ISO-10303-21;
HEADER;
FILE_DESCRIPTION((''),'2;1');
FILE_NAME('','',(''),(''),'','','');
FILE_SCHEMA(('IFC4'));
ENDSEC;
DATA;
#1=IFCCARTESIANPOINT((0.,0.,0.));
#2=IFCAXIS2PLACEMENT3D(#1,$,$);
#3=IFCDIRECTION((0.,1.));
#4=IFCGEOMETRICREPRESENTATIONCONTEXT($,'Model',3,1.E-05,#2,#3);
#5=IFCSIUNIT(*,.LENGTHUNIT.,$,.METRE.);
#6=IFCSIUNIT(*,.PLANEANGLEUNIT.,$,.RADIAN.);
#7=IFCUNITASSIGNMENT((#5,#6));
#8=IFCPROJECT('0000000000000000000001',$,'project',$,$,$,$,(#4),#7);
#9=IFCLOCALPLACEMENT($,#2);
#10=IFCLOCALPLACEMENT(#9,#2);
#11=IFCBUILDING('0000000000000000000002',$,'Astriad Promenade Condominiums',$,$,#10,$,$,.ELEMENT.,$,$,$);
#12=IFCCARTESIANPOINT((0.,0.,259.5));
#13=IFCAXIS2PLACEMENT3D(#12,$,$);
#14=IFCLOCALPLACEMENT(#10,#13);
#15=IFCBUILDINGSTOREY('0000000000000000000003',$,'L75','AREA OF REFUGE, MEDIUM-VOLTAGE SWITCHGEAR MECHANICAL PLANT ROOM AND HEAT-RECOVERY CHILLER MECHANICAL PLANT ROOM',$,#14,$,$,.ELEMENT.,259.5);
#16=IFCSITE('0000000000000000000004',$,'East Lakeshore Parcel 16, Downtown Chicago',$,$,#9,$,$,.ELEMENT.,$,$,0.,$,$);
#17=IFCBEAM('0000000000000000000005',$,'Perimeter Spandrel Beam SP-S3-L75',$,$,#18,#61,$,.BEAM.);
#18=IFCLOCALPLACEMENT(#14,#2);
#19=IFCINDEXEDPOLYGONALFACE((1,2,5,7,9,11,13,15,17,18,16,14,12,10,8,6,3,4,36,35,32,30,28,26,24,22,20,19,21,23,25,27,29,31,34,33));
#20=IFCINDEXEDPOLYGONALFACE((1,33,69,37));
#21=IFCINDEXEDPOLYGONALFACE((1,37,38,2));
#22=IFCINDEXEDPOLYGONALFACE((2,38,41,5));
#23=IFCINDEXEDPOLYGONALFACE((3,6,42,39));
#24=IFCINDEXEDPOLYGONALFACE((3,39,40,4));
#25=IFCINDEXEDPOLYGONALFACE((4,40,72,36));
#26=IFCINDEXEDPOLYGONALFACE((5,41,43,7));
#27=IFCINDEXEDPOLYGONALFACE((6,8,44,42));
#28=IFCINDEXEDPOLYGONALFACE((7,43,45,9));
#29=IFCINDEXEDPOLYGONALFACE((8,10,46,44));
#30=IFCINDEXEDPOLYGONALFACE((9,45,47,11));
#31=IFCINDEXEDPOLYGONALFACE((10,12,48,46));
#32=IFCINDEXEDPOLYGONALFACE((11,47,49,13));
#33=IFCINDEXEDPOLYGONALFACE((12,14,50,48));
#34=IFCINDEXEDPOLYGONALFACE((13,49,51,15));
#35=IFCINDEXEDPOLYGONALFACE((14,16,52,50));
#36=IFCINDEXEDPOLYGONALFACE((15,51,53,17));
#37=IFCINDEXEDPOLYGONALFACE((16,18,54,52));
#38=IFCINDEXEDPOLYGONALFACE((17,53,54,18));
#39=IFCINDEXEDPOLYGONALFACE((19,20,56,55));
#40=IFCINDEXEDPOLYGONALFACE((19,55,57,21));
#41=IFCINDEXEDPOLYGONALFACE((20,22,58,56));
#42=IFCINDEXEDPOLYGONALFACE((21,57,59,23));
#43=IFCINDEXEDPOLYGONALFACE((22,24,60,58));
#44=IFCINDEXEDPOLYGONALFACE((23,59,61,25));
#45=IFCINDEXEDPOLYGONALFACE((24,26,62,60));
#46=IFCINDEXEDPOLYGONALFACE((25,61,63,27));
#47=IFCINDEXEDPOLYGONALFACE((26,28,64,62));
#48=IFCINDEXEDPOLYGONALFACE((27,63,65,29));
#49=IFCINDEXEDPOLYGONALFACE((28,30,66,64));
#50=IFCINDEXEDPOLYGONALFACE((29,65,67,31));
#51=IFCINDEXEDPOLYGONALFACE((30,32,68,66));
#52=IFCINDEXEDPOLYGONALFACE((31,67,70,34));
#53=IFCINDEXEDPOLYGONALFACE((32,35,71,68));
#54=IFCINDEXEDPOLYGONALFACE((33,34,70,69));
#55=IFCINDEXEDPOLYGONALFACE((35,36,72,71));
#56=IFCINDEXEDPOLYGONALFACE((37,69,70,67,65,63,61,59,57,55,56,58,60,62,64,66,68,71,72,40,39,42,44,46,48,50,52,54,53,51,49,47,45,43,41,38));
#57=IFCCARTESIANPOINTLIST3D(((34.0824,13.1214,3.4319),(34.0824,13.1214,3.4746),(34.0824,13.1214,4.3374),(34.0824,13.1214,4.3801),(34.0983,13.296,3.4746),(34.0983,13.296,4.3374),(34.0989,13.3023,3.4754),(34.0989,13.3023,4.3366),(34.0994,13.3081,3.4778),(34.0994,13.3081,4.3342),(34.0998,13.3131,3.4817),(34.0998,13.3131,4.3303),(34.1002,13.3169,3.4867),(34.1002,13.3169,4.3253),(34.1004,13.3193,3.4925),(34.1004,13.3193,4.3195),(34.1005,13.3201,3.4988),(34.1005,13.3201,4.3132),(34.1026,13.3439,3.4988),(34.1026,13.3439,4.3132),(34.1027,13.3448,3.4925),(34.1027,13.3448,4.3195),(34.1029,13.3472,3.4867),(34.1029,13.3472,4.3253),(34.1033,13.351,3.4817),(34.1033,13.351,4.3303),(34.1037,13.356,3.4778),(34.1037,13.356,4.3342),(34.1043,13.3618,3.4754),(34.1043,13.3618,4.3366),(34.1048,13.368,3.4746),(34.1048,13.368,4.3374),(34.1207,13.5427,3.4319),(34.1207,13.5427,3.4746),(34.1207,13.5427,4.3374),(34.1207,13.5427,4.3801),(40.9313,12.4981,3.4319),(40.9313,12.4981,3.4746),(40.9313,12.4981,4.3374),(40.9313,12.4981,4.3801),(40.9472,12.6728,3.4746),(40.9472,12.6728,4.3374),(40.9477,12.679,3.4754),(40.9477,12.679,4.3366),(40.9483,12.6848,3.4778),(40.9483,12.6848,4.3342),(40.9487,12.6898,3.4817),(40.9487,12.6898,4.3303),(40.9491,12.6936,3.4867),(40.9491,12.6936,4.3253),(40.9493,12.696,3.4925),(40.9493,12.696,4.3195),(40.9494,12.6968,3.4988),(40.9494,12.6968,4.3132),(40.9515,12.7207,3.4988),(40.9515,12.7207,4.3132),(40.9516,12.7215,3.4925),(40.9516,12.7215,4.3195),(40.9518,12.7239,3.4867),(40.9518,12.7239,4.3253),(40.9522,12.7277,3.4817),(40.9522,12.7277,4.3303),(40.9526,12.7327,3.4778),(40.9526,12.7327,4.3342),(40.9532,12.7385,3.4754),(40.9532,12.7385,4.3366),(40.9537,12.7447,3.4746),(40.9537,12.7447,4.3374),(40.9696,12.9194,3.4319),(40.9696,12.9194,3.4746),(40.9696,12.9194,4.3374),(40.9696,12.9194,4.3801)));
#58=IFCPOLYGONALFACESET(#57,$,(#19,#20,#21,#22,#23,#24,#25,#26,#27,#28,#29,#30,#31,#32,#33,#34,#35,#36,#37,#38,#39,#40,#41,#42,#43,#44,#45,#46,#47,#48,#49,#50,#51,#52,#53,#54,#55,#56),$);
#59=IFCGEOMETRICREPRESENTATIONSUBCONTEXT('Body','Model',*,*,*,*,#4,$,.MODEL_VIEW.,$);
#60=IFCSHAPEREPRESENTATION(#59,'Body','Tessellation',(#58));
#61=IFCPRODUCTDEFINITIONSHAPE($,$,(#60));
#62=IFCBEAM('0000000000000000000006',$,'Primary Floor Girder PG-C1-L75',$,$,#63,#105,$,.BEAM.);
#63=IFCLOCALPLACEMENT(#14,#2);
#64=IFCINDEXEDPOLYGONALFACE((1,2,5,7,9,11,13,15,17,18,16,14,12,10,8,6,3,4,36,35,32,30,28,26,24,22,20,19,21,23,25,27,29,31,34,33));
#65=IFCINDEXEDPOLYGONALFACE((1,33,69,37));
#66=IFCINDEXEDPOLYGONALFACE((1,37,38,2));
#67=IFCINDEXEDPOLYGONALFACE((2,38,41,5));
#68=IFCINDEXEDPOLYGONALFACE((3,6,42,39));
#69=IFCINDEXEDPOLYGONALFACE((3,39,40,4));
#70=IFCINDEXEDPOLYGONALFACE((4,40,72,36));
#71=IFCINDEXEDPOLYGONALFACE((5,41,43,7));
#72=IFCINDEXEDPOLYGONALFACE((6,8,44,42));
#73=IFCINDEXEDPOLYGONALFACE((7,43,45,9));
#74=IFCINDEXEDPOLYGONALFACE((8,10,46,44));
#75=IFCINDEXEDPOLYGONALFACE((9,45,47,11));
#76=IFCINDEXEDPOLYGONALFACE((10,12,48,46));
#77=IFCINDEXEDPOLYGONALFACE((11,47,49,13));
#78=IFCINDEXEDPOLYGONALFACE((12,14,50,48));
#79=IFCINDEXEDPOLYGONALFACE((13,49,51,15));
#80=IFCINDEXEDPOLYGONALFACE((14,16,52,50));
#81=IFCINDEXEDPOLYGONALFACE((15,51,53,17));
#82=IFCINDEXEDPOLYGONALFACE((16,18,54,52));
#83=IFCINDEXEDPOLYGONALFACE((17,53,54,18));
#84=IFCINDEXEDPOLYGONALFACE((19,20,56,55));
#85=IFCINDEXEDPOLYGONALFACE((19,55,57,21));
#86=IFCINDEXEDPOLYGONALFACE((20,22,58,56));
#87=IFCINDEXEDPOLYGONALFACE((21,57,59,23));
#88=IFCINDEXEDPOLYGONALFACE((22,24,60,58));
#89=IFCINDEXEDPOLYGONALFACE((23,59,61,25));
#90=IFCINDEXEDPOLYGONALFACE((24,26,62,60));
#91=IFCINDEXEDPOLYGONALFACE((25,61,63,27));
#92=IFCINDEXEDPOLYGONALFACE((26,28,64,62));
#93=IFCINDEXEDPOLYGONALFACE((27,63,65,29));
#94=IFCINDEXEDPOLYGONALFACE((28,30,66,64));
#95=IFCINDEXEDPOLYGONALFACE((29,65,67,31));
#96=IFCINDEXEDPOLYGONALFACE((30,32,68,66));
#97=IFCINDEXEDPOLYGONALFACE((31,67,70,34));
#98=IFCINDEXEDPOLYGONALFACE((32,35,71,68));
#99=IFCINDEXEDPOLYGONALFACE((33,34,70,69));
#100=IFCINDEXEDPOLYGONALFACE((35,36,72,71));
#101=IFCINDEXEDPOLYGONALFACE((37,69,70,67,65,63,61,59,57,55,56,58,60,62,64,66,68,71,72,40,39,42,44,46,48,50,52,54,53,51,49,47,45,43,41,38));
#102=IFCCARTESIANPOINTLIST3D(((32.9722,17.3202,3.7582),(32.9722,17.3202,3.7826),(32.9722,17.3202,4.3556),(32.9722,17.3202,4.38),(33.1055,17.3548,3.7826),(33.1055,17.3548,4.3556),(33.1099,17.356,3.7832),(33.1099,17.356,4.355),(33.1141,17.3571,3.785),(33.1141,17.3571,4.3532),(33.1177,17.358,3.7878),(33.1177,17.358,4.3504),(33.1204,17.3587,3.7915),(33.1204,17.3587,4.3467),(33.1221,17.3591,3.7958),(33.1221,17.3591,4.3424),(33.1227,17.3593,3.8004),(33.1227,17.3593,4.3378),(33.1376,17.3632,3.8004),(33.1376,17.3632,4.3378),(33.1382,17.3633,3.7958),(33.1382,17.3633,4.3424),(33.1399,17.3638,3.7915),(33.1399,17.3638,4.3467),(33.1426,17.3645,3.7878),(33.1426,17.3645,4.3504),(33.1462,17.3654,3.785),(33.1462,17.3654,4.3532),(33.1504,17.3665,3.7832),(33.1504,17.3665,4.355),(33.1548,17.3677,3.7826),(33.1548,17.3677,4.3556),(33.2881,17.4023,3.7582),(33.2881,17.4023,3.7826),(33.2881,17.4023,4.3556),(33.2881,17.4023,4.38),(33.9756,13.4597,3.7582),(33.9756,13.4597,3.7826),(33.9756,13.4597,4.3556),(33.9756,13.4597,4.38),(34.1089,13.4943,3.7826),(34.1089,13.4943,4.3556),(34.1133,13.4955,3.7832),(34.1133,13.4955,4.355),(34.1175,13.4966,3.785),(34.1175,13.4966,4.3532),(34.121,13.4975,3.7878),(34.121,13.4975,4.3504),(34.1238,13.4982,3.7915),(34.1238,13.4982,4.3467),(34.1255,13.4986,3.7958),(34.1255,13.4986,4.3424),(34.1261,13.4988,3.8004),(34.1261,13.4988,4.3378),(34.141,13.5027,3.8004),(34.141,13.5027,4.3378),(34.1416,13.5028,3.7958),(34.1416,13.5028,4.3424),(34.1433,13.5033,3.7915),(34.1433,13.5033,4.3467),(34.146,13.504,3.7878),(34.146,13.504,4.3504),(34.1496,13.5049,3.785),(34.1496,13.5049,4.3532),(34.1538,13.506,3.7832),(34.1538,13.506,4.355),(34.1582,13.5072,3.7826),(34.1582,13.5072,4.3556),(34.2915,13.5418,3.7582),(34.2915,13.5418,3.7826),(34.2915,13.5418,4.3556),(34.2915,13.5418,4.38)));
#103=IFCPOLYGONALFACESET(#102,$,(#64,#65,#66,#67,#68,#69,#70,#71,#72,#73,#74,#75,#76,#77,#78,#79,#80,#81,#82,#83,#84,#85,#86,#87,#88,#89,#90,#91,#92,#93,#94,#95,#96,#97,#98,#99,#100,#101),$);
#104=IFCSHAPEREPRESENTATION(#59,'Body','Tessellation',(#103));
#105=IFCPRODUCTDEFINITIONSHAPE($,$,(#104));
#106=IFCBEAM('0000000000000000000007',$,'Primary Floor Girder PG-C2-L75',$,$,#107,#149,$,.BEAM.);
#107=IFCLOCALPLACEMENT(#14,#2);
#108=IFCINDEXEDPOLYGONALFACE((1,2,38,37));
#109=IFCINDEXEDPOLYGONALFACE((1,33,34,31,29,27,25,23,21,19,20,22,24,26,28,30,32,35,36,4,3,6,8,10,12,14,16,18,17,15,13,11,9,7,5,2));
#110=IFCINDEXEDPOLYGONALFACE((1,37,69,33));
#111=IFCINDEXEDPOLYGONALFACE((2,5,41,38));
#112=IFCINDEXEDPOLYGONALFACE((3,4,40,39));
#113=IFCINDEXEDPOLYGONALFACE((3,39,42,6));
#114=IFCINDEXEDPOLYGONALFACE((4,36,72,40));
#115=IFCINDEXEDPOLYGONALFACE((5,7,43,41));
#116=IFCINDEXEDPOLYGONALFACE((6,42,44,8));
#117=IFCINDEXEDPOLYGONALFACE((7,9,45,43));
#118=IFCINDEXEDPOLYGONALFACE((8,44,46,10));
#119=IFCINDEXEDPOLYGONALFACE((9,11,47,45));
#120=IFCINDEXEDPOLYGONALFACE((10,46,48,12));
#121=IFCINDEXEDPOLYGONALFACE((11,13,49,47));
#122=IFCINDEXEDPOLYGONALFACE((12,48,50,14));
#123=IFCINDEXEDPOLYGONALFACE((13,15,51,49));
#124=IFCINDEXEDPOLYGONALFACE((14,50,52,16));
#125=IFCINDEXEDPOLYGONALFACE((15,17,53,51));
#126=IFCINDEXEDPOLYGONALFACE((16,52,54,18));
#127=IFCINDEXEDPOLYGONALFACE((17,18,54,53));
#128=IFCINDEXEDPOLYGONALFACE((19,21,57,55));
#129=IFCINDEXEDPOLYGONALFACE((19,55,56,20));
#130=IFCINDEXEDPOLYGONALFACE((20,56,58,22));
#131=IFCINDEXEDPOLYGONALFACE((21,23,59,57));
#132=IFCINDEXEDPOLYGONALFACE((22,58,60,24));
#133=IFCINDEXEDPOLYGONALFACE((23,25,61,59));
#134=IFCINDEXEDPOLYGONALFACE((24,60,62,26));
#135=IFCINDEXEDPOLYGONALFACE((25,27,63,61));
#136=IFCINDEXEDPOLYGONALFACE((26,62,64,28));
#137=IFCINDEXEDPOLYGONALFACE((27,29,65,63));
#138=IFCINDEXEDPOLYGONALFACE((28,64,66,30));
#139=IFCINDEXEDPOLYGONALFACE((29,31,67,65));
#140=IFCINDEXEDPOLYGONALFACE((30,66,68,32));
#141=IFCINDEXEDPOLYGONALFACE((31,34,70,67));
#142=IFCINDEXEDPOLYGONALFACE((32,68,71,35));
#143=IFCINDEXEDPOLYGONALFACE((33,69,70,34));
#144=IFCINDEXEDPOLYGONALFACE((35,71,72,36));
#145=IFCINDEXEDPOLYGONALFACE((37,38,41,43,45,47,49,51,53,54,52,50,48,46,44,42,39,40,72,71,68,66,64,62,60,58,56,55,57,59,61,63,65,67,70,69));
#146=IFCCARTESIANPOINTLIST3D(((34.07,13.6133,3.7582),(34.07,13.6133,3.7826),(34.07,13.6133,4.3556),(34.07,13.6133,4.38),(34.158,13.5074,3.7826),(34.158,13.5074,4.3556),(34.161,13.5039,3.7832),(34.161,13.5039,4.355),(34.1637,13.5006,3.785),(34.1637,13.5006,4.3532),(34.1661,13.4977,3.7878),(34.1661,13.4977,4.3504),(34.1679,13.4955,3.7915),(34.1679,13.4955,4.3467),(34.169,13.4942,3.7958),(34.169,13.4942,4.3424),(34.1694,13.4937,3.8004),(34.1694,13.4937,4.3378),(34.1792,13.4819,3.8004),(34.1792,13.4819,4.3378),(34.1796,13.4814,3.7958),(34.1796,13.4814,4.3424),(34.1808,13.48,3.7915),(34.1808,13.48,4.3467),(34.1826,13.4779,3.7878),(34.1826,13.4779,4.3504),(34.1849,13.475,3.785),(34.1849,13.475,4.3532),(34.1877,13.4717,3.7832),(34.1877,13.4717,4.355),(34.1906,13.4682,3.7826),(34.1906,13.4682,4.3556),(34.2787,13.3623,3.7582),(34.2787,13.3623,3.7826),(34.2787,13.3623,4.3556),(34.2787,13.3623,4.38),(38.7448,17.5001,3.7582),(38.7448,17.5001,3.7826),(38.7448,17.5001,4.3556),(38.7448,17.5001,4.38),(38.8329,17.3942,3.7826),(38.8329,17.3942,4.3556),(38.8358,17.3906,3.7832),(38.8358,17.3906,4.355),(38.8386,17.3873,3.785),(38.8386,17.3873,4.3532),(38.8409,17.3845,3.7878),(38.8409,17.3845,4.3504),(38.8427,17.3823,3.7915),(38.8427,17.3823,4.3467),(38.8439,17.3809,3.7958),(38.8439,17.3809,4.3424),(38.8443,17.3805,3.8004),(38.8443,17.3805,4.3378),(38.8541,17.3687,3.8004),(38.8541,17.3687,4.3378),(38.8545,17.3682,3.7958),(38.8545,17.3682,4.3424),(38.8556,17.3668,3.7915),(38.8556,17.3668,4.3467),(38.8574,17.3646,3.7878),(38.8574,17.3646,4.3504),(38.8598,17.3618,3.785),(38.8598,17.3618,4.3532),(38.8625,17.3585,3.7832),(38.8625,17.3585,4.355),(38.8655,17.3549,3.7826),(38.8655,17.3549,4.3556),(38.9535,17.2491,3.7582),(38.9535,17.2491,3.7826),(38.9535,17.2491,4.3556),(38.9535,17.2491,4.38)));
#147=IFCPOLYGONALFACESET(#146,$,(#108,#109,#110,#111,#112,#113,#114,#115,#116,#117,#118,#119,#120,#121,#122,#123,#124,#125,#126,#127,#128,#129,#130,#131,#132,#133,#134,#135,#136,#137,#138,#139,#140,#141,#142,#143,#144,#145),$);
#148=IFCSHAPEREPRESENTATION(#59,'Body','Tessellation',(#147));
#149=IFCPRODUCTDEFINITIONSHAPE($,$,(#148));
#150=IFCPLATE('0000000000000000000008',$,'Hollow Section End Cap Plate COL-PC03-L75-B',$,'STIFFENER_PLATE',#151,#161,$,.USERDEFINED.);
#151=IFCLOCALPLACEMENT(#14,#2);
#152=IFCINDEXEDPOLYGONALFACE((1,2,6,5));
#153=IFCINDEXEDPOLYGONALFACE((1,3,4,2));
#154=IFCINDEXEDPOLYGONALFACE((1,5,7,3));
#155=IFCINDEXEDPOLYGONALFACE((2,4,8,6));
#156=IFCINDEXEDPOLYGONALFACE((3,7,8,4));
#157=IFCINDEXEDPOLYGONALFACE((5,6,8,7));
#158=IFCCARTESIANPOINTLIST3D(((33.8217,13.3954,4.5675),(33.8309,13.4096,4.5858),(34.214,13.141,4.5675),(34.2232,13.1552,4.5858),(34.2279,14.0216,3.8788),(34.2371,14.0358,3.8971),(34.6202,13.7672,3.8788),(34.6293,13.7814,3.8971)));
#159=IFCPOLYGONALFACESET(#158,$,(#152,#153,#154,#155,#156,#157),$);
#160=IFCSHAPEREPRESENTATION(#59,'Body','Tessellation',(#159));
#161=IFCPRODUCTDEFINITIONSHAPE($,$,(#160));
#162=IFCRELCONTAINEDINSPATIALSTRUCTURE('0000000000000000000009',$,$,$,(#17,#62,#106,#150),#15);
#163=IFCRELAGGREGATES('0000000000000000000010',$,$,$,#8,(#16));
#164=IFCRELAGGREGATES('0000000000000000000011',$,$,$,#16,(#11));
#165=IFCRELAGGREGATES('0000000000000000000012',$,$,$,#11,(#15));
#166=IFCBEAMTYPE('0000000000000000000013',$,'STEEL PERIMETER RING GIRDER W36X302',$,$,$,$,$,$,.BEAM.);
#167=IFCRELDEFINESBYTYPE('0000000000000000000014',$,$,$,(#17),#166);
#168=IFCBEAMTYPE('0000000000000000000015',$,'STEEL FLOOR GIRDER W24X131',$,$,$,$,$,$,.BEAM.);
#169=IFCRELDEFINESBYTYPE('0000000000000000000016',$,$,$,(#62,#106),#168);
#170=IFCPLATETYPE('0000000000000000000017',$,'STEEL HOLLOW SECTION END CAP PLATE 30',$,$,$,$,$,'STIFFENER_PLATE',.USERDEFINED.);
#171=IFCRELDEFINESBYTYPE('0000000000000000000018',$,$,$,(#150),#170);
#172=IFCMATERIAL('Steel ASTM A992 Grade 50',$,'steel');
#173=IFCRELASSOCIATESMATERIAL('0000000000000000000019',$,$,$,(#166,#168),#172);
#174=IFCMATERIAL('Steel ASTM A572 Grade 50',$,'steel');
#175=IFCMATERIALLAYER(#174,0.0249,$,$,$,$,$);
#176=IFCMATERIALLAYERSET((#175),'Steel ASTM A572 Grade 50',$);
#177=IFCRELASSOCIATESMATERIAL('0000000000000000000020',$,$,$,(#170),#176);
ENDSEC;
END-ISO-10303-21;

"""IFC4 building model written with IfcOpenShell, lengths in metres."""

from ifc_helpers import new_model, si_unit, direction, frame, origin, origin_2d, place, context, subcontext, project, spatial, rectangle, i_section, extrude, source, transform, mapped, material, layer, layer_set, material_profile, profile_set, type_object, type_shapes, element, save


model = new_model("IFC4")

# Units and contexts
model_context = context("Model", 3, precision=1e-05, world=origin(), true_north=direction((0.0, 1.0)))
body_context = subcontext(model_context, "Body", "Model", "MODEL_VIEW")
ifc_project = project(units=[si_unit("LENGTHUNIT", "METRE"), si_unit("PLANEANGLEUNIT", "RADIAN")], contexts=[model_context])

# Site, building, storey
site_placement = place(None, origin())
site = spatial("IfcSite", under=ifc_project, at=site_placement, Name="East Lakeshore Parcel 16, Downtown Chicago", CompositionType="ELEMENT", RefElevation=0.0)
building_placement = place(site_placement, origin())
building = spatial("IfcBuilding", under=site, at=building_placement, Name="Astriad Promenade Condominiums", CompositionType="ELEMENT")
storey_placement = place(building_placement, frame((0.0, 0.0, 259.5)))
storey = spatial("IfcBuildingStorey", under=building, at=storey_placement, Name="L75", Description="AREA OF REFUGE, MEDIUM-VOLTAGE SWITCHGEAR MECHANICAL PLANT ROOM AND HEAT-RECOVERY CHILLER MECHANICAL PLANT ROOM", CompositionType="ELEMENT", Elevation=259.5)

# Shared definitions
ifc_material_1 = material(Name="Steel ASTM A992 Grade 50", Category="steel")

# Beams
ifc_material_profile_1 = material_profile(ifc_material_1, i_section(OverallWidth=0.4231, OverallDepth=0.9482, WebThickness=0.0239, FlangeThickness=0.0427, FilletRadius=0.0242, at=origin_2d()), Name="W36X302")
ifc_profile_set_1 = profile_set([ifc_material_profile_1], Name="Steel ASTM A992 Grade 50")
beam_type_1 = type_object("IfcBeamType", Name="STEEL PERIMETER RING GIRDER W36X302", PredefinedType="BEAM", material=ifc_profile_set_1)
shared_shape_1 = source(origin(), body_context, "Body", "SweptSolid", [
    extrude(i_section(OverallWidth=0.4231, OverallDepth=0.9482, WebThickness=0.0239, FlangeThickness=0.0427, FilletRadius=0.0242, at=origin_2d()), origin(), (0.0, 0.0, 1.0), 6.8772),
])
type_shapes(beam_type_1, [shared_shape_1])
beam_1_placement = place(storey_placement, frame((34.1016, 13.332, 3.906), z_axis=(0.995884, -0.090632, 0.0), x_axis=(0.090632, 0.995884, 0.0)))
element("IfcBeam", 1, at=beam_1_placement, inside=storey, type_object=beam_type_1, Name="Perimeter Spandrel Beam SP-S3-L75", PredefinedType="BEAM", context=body_context, shape_type="MappedRepresentation", body=[
    mapped(shared_shape_1, transform((0.0, 0.0, 0.0), scale=1.0)),
])
ifc_material_profile_2 = material_profile(ifc_material_1, i_section(OverallWidth=0.3264, OverallDepth=0.6218, WebThickness=0.0154, FlangeThickness=0.0244, FilletRadius=0.0178, at=origin_2d()), Name="W24X131")
ifc_profile_set_2 = profile_set([ifc_material_profile_2], Name="Steel ASTM A992 Grade 50")
beam_type_2 = type_object("IfcBeamType", Name="STEEL FLOOR GIRDER W24X131", PredefinedType="BEAM", material=ifc_profile_set_2)
shared_shape_2 = source(origin(), body_context, "Body", "SweptSolid", [
    extrude(i_section(OverallWidth=0.3264, OverallDepth=0.6218, WebThickness=0.0154, FlangeThickness=0.0244, FilletRadius=0.0178, at=origin_2d()), origin(), (0.0, 0.0, 1.0), 3.9888),
])
beam_2_placement = place(storey_placement, frame((34.1335, 13.5007, 4.0691), z_axis=(-0.251555, 0.967843, 0.0), x_axis=(-0.967843, -0.251555, 0.0)))
element("IfcBeam", 2, at=beam_2_placement, inside=storey, type_object=beam_type_2, Name="Primary Floor Girder PG-C1-L75", PredefinedType="BEAM", context=body_context, shape_type="MappedRepresentation", body=[
    mapped(shared_shape_2, transform((0.0, 0.0, 0.0), scale=1.0)),
])
shared_shape_3 = source(origin(), body_context, "Body", "SweptSolid", [
    extrude(i_section(OverallWidth=0.3264, OverallDepth=0.6218, WebThickness=0.0154, FlangeThickness=0.0244, FilletRadius=0.0178, at=origin_2d()), origin(), (0.0, 0.0, 1.0), 6.0796),
])
type_shapes(beam_type_2, [shared_shape_2, shared_shape_3])
beam_3_placement = place(storey_placement, frame((34.1743, 13.4878, 4.0691), z_axis=(0.768945, 0.639315, 0.0), x_axis=(-0.639315, 0.768945, 0.0)))
element("IfcBeam", 3, at=beam_3_placement, inside=storey, type_object=beam_type_2, Name="Primary Floor Girder PG-C2-L75", PredefinedType="BEAM", context=body_context, shape_type="MappedRepresentation", body=[
    mapped(shared_shape_3, transform((0.0, 0.0, 0.0), scale=1.0)),
])

# Plate
ifc_material_2 = material(Name="Steel ASTM A572 Grade 50", Category="steel")
ifc_layer_1 = layer(ifc_material_2, 0.0249)
ifc_layer_set_1 = layer_set([ifc_layer_1], Name="Steel ASTM A572 Grade 50")
plate_type = type_object("IfcPlateType", Name="STEEL HOLLOW SECTION END CAP PLATE 30", ElementType="STIFFENER_PLATE", PredefinedType="USERDEFINED", material=ifc_layer_set_1)
shared_shape_4 = source(origin(), body_context, "Body", "SweptSolid", [
    extrude(rectangle(XDim=0.4675, YDim=1.0156, at=origin_2d()), origin(), (0.0, 0.0, 1.0), 0.0249),
])
type_shapes(plate_type, [shared_shape_4])
plate_placement = place(storey_placement, frame((34.2209, 13.5813, 4.2231), z_axis=(0.369043, 0.568964, 0.734906), x_axis=(-0.838971, 0.544176, 0.0)))
element("IfcPlate", 4, at=plate_placement, inside=storey, type_object=plate_type, Name="Hollow Section End Cap Plate COL-PC03-L75-B", ObjectType="STIFFENER_PLATE", PredefinedType="USERDEFINED", context=body_context, shape_type="MappedRepresentation", body=[
    mapped(shared_shape_4, transform((0.0, 0.0, 0.0), scale=1.0)),
])

save(model, "model.ifc")
